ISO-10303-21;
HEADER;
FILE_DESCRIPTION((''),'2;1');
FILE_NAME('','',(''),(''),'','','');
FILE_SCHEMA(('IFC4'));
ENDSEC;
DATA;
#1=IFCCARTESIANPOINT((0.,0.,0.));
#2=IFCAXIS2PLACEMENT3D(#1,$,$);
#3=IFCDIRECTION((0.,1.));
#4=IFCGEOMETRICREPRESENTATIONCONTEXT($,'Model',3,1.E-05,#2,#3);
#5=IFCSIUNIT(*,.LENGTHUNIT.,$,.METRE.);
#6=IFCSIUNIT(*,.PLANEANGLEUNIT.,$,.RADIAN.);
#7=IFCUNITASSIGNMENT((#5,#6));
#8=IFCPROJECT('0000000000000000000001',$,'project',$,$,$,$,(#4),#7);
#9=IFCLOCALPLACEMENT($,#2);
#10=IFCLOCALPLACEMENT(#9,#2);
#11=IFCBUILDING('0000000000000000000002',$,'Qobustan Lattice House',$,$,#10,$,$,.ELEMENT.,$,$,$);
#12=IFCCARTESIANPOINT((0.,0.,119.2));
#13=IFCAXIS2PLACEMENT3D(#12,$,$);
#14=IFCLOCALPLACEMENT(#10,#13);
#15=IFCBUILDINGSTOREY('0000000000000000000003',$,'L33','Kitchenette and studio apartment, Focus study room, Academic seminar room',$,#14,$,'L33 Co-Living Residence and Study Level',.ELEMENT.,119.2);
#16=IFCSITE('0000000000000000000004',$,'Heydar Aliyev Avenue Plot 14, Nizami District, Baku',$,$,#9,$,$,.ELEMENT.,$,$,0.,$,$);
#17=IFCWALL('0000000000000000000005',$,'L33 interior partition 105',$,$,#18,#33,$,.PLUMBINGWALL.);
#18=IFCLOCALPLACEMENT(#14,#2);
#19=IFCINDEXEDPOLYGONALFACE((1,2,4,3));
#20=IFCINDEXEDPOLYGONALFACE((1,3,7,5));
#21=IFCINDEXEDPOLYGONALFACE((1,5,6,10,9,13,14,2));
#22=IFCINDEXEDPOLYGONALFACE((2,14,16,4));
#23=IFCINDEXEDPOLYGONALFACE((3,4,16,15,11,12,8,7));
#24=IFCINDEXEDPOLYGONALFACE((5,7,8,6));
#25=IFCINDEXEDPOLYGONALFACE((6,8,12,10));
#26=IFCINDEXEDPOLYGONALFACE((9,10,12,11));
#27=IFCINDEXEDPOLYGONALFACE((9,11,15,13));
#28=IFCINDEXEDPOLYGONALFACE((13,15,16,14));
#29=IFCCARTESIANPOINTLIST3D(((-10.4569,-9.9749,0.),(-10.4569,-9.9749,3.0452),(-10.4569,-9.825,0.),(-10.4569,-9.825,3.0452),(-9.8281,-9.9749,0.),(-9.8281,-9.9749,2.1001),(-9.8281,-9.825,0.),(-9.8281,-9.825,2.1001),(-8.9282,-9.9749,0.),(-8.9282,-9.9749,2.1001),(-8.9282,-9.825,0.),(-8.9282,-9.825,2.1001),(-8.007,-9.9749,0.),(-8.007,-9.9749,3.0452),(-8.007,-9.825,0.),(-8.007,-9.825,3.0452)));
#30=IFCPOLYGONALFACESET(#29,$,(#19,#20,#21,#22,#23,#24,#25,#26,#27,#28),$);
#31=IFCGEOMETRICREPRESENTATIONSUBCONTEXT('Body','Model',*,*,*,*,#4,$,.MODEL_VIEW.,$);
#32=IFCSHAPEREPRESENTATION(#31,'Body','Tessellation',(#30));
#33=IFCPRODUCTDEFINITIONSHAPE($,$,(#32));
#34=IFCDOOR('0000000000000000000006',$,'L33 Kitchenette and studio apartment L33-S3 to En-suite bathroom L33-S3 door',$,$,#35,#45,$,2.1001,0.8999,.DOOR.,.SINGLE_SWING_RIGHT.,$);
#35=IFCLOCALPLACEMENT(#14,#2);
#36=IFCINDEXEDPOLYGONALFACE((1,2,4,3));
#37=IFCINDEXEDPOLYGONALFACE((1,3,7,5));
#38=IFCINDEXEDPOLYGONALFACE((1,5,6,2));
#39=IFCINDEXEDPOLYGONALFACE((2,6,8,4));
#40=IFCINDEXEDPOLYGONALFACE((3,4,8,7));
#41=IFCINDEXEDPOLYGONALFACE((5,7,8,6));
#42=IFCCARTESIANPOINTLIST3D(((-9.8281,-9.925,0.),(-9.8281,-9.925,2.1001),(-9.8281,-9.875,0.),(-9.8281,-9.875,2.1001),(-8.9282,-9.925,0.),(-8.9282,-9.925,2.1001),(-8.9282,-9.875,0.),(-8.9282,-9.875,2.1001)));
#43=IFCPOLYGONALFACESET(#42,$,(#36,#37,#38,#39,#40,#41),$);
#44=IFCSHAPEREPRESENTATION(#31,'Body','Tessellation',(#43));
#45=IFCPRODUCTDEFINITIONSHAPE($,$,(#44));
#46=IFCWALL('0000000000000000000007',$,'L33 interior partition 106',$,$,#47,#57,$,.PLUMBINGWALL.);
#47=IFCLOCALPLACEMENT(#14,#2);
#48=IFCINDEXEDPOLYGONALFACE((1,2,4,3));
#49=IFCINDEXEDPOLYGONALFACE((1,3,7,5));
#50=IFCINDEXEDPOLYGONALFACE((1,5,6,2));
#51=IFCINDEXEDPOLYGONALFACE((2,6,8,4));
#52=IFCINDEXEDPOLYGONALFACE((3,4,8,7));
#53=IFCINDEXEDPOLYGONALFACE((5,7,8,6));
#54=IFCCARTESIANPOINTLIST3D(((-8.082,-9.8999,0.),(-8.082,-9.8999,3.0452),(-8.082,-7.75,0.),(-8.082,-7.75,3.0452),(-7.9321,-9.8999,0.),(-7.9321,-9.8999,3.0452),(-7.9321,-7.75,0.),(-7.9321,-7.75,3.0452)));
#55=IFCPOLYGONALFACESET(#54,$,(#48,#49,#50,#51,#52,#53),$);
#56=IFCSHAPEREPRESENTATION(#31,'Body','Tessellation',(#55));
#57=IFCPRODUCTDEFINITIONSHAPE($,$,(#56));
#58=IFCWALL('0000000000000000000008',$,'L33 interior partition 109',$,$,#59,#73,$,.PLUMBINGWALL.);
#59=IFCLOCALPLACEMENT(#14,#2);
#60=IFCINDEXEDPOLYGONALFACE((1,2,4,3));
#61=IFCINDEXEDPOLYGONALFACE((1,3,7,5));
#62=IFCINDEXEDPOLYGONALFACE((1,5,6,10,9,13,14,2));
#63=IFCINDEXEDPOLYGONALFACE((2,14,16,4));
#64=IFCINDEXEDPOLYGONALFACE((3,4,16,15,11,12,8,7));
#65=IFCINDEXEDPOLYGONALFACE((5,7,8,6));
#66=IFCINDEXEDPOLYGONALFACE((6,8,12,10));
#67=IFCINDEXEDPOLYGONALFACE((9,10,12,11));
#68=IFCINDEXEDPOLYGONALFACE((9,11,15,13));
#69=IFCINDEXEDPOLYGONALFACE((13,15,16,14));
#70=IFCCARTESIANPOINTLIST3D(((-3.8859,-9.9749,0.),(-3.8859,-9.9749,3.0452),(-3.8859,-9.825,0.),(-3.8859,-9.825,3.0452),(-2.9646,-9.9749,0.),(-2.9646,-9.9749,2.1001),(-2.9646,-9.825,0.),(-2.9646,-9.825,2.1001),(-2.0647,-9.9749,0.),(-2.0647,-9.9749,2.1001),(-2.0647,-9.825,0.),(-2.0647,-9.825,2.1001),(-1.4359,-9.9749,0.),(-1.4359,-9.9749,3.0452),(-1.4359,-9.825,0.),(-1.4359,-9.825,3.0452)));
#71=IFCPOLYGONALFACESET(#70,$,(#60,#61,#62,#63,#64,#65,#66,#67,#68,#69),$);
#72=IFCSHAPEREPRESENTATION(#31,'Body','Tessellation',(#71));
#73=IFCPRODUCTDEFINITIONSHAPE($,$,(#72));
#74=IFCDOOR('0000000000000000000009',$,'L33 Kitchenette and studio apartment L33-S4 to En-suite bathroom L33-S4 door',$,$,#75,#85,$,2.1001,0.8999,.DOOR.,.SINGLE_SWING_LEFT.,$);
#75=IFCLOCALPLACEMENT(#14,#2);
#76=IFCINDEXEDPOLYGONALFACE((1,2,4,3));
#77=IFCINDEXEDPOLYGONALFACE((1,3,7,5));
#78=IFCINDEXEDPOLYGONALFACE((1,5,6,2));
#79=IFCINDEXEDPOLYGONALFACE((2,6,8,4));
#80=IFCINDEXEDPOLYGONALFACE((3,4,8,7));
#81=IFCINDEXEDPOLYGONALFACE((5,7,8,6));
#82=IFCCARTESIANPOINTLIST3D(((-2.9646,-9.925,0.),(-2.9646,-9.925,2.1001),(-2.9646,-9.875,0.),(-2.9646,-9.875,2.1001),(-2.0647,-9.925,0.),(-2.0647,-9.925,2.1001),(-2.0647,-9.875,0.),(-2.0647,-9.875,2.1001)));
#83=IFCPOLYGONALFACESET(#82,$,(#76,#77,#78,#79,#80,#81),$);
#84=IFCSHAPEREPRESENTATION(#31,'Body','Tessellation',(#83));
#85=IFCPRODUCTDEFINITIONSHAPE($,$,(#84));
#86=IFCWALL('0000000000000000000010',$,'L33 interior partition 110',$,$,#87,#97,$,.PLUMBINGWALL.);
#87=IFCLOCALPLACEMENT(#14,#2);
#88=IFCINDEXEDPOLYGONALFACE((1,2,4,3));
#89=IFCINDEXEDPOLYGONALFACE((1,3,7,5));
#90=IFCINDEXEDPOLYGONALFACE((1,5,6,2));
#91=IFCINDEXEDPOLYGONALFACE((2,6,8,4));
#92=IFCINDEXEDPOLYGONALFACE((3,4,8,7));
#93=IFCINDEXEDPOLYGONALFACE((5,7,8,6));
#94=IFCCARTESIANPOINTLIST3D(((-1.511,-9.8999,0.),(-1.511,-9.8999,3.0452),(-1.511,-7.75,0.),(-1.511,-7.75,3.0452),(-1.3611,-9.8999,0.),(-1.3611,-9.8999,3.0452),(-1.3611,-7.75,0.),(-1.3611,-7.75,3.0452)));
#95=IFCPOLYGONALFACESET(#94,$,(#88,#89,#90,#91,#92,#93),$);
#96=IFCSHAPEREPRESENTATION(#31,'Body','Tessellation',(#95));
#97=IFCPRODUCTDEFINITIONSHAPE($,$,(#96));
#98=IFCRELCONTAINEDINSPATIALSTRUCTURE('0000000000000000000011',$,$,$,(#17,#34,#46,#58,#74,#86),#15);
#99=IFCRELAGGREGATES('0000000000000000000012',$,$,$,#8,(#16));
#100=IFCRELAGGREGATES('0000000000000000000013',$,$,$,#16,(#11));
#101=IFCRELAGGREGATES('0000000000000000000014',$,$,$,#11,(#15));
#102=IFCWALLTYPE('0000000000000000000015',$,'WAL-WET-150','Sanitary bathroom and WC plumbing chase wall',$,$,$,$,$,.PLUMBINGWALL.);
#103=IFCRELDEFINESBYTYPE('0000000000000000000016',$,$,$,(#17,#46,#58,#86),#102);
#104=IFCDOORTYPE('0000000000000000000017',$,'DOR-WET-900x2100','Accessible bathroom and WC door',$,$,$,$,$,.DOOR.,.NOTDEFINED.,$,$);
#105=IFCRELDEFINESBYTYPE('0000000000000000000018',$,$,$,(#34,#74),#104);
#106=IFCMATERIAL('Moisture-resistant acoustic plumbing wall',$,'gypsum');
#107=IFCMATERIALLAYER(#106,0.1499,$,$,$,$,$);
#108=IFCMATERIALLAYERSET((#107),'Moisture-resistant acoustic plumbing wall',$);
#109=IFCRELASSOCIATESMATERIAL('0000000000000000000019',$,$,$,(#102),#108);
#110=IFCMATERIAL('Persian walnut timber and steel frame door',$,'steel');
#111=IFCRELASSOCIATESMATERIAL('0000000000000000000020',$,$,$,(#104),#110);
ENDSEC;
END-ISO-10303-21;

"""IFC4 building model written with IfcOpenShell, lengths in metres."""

from ifc_helpers import new_model, si_unit, direction, frame, frame_2d, origin, place, context, subcontext, project, spatial, rectangle, extrude, material, layer, layer_set, type_object, element, fill, save


model = new_model("IFC4")

# Units and contexts
model_context = context("Model", 3, precision=1e-05, world=origin(), true_north=direction((0.0, 1.0)))
body_context = subcontext(model_context, "Body", "Model", "MODEL_VIEW")
ifc_project = project(units=[si_unit("LENGTHUNIT", "METRE"), si_unit("PLANEANGLEUNIT", "RADIAN")], contexts=[model_context])

# Site, building, storey
site_placement = place(None, origin())
site = spatial("IfcSite", under=ifc_project, at=site_placement, Name="Heydar Aliyev Avenue Plot 14, Nizami District, Baku", CompositionType="ELEMENT", RefElevation=0.0)
building_placement = place(site_placement, origin())
building = spatial("IfcBuilding", under=site, at=building_placement, Name="Qobustan Lattice House", CompositionType="ELEMENT")
storey_placement = place(building_placement, frame((0.0, 0.0, 119.2)))
storey = spatial("IfcBuildingStorey", under=building, at=storey_placement, Name="L33", Description="Kitchenette and studio apartment, Focus study room, Academic seminar room", LongName="L33 Co-Living Residence and Study Level", CompositionType="ELEMENT", Elevation=119.2)

# Shared definitions
ifc_material_1 = material(Name="Moisture-resistant acoustic plumbing wall", Category="gypsum")
ifc_layer_1 = layer(ifc_material_1, 0.1499)
ifc_layer_set_1 = layer_set([ifc_layer_1], Name="Moisture-resistant acoustic plumbing wall")
wall_type_1 = type_object("IfcWallType", Name="WAL-WET-150", Description="Sanitary bathroom and WC plumbing chase wall", PredefinedType="PLUMBINGWALL", material=ifc_layer_set_1)

# Wall, opening, door
wall_1_placement = place(storey_placement, frame((-10.457, -9.8999, 0.0), z_axis=(0.0, 0.0, 1.0), x_axis=(1.0, 0.0, 0.0)))
wall_1 = element("IfcWall", 1, at=wall_1_placement, inside=storey, type_object=wall_type_1, Name="L33 interior partition 105", PredefinedType="PLUMBINGWALL", context=body_context, shape_type="SweptSolid", body=[
    extrude(rectangle(XDim=2.45, YDim=0.1499, at=frame_2d((1.2251, 0.0))), origin(), (0.0, 0.0, 1.0), 3.0452),
])
opening_1_placement = place(wall_1_placement, frame((0.6289, 0.0, 0.0)))
opening_1 = element("IfcOpeningElement", 2, at=opening_1_placement, cuts=wall_1, PredefinedType="OPENING", context=body_context, shape_type="SweptSolid", body=[
    extrude(rectangle(XDim=0.8999, YDim=2.1001, at=frame_2d((0.45, 1.05))), frame((0.0, 0.085, 0.0), z_axis=(0.0, -1.0, 0.0), x_axis=(1.0, 0.0, 0.0)), (0.0, 0.0, 1.0), 0.1699),
])
ifc_material_2 = material(Name="Persian walnut timber and steel frame door", Category="steel")
door_type_1 = type_object("IfcDoorType", Name="DOR-WET-900x2100", Description="Accessible bathroom and WC door", OperationType="NOTDEFINED", PredefinedType="DOOR", material=ifc_material_2)
door_1_placement = place(opening_1_placement, origin())
door_1 = element("IfcDoor", 3, at=door_1_placement, inside=storey, type_object=door_type_1, Name="L33 Kitchenette and studio apartment L33-S3 to En-suite bathroom L33-S3 door", OperationType="SINGLE_SWING_RIGHT", OverallHeight=2.1001, OverallWidth=0.8999, PredefinedType="DOOR", context=body_context, shape_type="SweptSolid", body=[
    extrude(rectangle(XDim=0.8999, YDim=2.1001, at=frame_2d((0.45, 1.05))), frame((0.0, 0.0249, 0.0), z_axis=(0.0, -1.0, 0.0), x_axis=(1.0, 0.0, 0.0)), (0.0, 0.0, 1.0), 0.05),
])
fill(opening_1, door_1)

# Wall
wall_2_placement = place(storey_placement, frame((-8.0071, -9.8999, 0.0), z_axis=(0.0, 0.0, 1.0), x_axis=(0.0, 1.0, 0.0)))
element("IfcWall", 4, at=wall_2_placement, inside=storey, type_object=wall_type_1, Name="L33 interior partition 106", PredefinedType="PLUMBINGWALL", context=body_context, shape_type="SweptSolid", body=[
    extrude(rectangle(XDim=2.1499, YDim=0.1499, at=frame_2d((1.075, 0.0))), origin(), (0.0, 0.0, 1.0), 3.0452),
])

# Wall, opening, door
wall_3_placement = place(storey_placement, frame((-3.886, -9.8999, 0.0), z_axis=(0.0, 0.0, 1.0), x_axis=(1.0, 0.0, 0.0)))
wall_3 = element("IfcWall", 5, at=wall_3_placement, inside=storey, type_object=wall_type_1, Name="L33 interior partition 109", PredefinedType="PLUMBINGWALL", context=body_context, shape_type="SweptSolid", body=[
    extrude(rectangle(XDim=2.45, YDim=0.1499, at=frame_2d((1.2251, 0.0))), origin(), (0.0, 0.0, 1.0), 3.0452),
])
opening_2_placement = place(wall_3_placement, frame((0.9214, 0.0, 0.0)))
opening_2 = element("IfcOpeningElement", 6, at=opening_2_placement, cuts=wall_3, PredefinedType="OPENING", context=body_context, shape_type="SweptSolid", body=[
    extrude(rectangle(XDim=0.8999, YDim=2.1001, at=frame_2d((0.45, 1.05))), frame((0.0, 0.085, 0.0), z_axis=(0.0, -1.0, 0.0), x_axis=(1.0, 0.0, 0.0)), (0.0, 0.0, 1.0), 0.1699),
])
door_2_placement = place(opening_2_placement, origin())
door_2 = element("IfcDoor", 7, at=door_2_placement, inside=storey, type_object=door_type_1, Name="L33 Kitchenette and studio apartment L33-S4 to En-suite bathroom L33-S4 door", OperationType="SINGLE_SWING_LEFT", OverallHeight=2.1001, OverallWidth=0.8999, PredefinedType="DOOR", context=body_context, shape_type="SweptSolid", body=[
    extrude(rectangle(XDim=0.8999, YDim=2.1001, at=frame_2d((0.45, 1.05))), frame((0.0, 0.0249, 0.0), z_axis=(0.0, -1.0, 0.0), x_axis=(1.0, 0.0, 0.0)), (0.0, 0.0, 1.0), 0.05),
])
fill(opening_2, door_2)

# Wall
wall_4_placement = place(storey_placement, frame((-1.436, -9.8999, 0.0), z_axis=(0.0, 0.0, 1.0), x_axis=(0.0, 1.0, 0.0)))
element("IfcWall", 8, at=wall_4_placement, inside=storey, type_object=wall_type_1, Name="L33 interior partition 110", PredefinedType="PLUMBINGWALL", context=body_context, shape_type="SweptSolid", body=[
    extrude(rectangle(XDim=2.1499, YDim=0.1499, at=frame_2d((1.075, 0.0))), origin(), (0.0, 0.0, 1.0), 3.0452),
])

save(model, "model.ifc")
